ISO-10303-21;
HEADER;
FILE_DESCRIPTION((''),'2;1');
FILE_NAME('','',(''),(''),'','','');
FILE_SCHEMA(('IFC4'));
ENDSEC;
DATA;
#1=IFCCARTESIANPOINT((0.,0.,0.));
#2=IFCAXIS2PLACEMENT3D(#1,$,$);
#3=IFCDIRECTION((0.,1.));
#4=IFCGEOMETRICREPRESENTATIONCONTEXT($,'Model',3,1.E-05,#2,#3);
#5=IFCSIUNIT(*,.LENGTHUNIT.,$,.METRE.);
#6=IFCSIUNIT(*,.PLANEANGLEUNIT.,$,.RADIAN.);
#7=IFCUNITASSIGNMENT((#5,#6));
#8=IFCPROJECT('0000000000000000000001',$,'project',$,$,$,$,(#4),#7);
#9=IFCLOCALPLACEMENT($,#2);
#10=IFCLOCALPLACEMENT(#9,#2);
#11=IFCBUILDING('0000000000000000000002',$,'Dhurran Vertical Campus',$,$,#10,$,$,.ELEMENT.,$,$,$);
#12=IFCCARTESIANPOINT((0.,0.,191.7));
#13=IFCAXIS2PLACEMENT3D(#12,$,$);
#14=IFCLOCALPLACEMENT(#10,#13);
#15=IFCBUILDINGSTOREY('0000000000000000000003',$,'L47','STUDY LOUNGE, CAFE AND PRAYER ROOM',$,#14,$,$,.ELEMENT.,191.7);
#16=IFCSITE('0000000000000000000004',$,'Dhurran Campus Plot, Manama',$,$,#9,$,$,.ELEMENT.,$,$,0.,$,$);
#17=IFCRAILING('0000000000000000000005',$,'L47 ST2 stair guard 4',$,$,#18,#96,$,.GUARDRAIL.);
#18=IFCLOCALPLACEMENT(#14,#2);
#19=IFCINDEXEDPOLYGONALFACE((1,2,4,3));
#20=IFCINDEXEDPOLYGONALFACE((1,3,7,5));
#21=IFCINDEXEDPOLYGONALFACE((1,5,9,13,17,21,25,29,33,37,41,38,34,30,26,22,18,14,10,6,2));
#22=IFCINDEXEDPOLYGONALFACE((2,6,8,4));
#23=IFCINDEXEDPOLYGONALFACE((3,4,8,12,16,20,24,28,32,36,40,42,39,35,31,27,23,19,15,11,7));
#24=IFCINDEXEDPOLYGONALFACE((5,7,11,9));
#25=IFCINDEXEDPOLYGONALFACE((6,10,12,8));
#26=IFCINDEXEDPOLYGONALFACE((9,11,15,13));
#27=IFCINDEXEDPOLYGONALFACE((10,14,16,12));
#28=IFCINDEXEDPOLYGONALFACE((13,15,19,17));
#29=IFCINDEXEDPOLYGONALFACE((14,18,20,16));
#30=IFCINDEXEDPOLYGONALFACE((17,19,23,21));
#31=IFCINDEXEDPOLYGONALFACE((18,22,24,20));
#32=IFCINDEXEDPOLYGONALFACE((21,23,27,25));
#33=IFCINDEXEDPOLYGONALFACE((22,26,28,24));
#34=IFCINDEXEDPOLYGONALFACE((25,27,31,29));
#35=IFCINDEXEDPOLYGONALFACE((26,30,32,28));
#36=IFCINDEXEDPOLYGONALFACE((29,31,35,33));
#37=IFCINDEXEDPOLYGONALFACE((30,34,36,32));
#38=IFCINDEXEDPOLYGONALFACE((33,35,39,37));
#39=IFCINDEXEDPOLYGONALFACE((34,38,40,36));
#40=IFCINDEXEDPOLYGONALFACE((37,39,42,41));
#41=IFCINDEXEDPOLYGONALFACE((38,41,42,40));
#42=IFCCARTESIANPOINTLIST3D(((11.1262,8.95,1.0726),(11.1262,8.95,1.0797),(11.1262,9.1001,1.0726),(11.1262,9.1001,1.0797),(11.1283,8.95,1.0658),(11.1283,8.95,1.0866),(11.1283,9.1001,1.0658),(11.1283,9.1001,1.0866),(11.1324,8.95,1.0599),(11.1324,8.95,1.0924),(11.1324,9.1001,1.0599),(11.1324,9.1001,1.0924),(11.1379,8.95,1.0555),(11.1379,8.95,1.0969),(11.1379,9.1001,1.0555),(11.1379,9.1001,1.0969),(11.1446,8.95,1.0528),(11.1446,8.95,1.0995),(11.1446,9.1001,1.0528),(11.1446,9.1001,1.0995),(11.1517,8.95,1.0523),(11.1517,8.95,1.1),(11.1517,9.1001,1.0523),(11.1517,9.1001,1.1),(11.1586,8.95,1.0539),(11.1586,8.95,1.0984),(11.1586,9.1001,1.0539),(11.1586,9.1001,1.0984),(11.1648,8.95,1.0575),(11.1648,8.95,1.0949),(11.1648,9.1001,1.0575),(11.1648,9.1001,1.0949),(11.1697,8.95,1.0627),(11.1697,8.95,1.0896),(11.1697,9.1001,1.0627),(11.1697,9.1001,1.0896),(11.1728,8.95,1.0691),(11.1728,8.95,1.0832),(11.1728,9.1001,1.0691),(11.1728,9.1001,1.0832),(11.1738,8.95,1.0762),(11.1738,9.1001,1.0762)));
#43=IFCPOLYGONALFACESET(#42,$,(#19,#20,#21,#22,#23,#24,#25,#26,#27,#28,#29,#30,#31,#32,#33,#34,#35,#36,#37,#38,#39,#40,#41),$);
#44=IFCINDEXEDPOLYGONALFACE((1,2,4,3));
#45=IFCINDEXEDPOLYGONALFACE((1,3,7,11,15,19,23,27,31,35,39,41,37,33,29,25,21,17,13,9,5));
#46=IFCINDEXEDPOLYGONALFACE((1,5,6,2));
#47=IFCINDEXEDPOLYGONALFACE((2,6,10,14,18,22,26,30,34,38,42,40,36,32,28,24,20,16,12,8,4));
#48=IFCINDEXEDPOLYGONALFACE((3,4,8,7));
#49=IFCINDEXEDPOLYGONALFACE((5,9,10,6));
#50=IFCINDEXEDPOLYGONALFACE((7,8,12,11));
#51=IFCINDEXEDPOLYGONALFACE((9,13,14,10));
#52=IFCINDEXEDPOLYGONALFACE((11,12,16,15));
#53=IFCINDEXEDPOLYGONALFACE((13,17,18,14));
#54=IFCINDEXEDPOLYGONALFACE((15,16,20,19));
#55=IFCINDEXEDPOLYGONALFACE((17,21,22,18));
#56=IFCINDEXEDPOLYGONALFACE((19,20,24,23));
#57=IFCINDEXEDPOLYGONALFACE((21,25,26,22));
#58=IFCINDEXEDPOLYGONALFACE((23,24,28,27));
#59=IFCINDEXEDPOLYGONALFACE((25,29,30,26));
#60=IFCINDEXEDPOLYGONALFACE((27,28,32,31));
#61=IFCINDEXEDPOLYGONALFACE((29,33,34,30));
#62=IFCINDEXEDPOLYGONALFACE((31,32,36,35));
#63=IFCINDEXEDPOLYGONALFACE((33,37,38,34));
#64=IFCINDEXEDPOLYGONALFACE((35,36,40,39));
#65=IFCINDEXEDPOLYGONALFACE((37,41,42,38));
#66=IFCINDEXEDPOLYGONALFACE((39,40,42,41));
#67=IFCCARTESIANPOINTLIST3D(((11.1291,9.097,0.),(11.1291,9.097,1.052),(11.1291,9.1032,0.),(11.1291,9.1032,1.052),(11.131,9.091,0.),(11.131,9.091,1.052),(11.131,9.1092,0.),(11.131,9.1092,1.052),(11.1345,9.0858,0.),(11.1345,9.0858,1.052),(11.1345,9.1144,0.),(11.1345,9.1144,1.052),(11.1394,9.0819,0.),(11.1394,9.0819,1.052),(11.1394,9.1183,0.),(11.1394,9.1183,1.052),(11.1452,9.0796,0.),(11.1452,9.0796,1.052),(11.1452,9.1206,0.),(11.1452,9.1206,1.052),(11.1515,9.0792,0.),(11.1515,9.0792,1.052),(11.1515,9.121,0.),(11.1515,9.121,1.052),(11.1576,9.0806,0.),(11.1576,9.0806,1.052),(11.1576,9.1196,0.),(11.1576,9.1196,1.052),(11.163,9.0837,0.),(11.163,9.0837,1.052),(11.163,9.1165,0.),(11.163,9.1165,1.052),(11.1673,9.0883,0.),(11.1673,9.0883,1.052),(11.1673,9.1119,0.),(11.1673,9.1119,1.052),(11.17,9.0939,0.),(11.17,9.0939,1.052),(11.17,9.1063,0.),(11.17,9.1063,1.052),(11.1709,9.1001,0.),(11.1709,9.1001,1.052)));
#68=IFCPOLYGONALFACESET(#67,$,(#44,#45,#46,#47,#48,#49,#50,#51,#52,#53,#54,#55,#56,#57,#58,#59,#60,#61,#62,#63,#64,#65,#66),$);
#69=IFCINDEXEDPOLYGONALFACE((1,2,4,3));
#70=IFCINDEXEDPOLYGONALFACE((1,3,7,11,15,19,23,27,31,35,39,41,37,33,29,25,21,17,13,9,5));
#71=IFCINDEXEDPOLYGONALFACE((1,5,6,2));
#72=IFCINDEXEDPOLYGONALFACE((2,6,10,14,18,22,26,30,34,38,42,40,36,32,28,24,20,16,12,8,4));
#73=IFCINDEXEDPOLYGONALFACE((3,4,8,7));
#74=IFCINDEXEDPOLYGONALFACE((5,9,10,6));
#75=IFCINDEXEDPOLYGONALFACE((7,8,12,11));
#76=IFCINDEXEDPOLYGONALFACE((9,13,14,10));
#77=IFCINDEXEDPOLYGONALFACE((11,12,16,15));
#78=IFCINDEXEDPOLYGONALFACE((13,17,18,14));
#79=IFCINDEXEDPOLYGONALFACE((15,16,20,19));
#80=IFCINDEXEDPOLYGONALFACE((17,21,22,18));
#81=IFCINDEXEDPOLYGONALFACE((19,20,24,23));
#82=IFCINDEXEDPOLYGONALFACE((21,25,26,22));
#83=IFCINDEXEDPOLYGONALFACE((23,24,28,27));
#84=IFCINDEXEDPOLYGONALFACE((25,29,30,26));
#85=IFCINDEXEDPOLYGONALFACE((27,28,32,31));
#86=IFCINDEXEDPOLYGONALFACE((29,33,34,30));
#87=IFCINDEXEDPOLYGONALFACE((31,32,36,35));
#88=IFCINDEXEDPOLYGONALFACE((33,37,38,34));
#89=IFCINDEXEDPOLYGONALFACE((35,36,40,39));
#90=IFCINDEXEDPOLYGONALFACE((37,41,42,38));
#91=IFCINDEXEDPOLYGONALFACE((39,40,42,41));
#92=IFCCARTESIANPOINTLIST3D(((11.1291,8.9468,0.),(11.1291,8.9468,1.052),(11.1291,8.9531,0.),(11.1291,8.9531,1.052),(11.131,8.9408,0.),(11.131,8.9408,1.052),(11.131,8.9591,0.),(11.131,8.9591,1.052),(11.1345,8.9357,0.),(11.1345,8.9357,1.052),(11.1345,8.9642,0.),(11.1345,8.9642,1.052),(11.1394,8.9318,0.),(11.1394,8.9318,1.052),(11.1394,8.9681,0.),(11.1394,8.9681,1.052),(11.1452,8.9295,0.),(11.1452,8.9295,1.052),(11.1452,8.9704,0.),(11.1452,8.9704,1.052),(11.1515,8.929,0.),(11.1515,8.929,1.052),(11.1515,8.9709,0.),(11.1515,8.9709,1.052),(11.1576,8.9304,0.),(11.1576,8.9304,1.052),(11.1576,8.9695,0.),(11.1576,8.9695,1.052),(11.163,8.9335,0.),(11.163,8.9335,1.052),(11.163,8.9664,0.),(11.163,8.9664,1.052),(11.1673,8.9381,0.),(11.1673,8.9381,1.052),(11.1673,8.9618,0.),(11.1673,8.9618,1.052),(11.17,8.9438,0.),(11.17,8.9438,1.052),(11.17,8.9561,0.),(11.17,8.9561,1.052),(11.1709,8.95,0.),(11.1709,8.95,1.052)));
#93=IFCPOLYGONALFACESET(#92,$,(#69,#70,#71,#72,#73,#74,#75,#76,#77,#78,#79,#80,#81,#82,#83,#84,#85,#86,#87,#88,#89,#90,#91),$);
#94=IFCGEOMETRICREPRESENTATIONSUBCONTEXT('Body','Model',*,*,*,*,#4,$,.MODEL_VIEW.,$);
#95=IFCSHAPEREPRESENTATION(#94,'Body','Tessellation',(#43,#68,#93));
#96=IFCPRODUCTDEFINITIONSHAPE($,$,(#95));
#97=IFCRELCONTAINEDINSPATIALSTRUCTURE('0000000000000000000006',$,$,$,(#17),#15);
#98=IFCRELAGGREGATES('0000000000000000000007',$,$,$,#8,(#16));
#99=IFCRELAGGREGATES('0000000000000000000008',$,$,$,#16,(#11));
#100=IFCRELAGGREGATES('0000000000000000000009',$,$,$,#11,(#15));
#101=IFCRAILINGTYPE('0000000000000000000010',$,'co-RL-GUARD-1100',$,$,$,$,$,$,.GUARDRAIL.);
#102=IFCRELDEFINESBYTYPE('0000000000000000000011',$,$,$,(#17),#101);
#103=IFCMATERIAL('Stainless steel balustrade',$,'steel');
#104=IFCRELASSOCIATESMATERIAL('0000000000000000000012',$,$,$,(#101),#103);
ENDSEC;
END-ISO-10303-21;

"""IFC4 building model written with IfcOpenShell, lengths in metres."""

from ifc_helpers import new_model, si_unit, direction, frame, origin, origin_2d, place, context, subcontext, project, spatial, circle, extrude, material, type_object, element, save


model = new_model("IFC4")

# Units and contexts
model_context = context("Model", 3, precision=1e-05, world=origin(), true_north=direction((0.0, 1.0)))
body_context = subcontext(model_context, "Body", "Model", "MODEL_VIEW")
ifc_project = project(units=[si_unit("LENGTHUNIT", "METRE"), si_unit("PLANEANGLEUNIT", "RADIAN")], contexts=[model_context])

# Site, building, storey
site_placement = place(None, origin())
site = spatial("IfcSite", under=ifc_project, at=site_placement, Name="Dhurran Campus Plot, Manama", CompositionType="ELEMENT", RefElevation=0.0)
building_placement = place(site_placement, origin())
building = spatial("IfcBuilding", under=site, at=building_placement, Name="Dhurran Vertical Campus", CompositionType="ELEMENT")
storey_placement = place(building_placement, frame((0.0, 0.0, 191.7)))
storey = spatial("IfcBuildingStorey", under=building, at=storey_placement, Name="L47", Description="STUDY LOUNGE, CAFE AND PRAYER ROOM", CompositionType="ELEMENT", Elevation=191.7)

# Railing
ifc_material_1 = material(Name="Stainless steel balustrade", Category="steel")
railing_type_1 = type_object("IfcRailingType", Name="co-RL-GUARD-1100", PredefinedType="GUARDRAIL", material=ifc_material_1)
railing_1_placement = place(storey_placement, frame((11.1499, 9.1001, 0.0)))
element("IfcRailing", 1, at=railing_1_placement, inside=storey, type_object=railing_type_1, Name="L47 ST2 stair guard 4", PredefinedType="GUARDRAIL", context=body_context, shape_type="SweptSolid", body=[
    extrude(circle(Radius=0.0239, at=origin_2d()), frame((0.0, 0.0, 1.0762), z_axis=(0.0, -1.0, 0.0), x_axis=(1.0, 0.0, 0.0)), (0.0, 0.0, 1.0), 0.1501),
    extrude(circle(Radius=0.021, at=origin_2d()), origin(), (0.0, 0.0, 1.0), 1.052),
    extrude(circle(Radius=0.021, at=origin_2d()), frame((0.0, -0.1501, 0.0)), (0.0, 0.0, 1.0), 1.052),
])

save(model, "model.ifc")
